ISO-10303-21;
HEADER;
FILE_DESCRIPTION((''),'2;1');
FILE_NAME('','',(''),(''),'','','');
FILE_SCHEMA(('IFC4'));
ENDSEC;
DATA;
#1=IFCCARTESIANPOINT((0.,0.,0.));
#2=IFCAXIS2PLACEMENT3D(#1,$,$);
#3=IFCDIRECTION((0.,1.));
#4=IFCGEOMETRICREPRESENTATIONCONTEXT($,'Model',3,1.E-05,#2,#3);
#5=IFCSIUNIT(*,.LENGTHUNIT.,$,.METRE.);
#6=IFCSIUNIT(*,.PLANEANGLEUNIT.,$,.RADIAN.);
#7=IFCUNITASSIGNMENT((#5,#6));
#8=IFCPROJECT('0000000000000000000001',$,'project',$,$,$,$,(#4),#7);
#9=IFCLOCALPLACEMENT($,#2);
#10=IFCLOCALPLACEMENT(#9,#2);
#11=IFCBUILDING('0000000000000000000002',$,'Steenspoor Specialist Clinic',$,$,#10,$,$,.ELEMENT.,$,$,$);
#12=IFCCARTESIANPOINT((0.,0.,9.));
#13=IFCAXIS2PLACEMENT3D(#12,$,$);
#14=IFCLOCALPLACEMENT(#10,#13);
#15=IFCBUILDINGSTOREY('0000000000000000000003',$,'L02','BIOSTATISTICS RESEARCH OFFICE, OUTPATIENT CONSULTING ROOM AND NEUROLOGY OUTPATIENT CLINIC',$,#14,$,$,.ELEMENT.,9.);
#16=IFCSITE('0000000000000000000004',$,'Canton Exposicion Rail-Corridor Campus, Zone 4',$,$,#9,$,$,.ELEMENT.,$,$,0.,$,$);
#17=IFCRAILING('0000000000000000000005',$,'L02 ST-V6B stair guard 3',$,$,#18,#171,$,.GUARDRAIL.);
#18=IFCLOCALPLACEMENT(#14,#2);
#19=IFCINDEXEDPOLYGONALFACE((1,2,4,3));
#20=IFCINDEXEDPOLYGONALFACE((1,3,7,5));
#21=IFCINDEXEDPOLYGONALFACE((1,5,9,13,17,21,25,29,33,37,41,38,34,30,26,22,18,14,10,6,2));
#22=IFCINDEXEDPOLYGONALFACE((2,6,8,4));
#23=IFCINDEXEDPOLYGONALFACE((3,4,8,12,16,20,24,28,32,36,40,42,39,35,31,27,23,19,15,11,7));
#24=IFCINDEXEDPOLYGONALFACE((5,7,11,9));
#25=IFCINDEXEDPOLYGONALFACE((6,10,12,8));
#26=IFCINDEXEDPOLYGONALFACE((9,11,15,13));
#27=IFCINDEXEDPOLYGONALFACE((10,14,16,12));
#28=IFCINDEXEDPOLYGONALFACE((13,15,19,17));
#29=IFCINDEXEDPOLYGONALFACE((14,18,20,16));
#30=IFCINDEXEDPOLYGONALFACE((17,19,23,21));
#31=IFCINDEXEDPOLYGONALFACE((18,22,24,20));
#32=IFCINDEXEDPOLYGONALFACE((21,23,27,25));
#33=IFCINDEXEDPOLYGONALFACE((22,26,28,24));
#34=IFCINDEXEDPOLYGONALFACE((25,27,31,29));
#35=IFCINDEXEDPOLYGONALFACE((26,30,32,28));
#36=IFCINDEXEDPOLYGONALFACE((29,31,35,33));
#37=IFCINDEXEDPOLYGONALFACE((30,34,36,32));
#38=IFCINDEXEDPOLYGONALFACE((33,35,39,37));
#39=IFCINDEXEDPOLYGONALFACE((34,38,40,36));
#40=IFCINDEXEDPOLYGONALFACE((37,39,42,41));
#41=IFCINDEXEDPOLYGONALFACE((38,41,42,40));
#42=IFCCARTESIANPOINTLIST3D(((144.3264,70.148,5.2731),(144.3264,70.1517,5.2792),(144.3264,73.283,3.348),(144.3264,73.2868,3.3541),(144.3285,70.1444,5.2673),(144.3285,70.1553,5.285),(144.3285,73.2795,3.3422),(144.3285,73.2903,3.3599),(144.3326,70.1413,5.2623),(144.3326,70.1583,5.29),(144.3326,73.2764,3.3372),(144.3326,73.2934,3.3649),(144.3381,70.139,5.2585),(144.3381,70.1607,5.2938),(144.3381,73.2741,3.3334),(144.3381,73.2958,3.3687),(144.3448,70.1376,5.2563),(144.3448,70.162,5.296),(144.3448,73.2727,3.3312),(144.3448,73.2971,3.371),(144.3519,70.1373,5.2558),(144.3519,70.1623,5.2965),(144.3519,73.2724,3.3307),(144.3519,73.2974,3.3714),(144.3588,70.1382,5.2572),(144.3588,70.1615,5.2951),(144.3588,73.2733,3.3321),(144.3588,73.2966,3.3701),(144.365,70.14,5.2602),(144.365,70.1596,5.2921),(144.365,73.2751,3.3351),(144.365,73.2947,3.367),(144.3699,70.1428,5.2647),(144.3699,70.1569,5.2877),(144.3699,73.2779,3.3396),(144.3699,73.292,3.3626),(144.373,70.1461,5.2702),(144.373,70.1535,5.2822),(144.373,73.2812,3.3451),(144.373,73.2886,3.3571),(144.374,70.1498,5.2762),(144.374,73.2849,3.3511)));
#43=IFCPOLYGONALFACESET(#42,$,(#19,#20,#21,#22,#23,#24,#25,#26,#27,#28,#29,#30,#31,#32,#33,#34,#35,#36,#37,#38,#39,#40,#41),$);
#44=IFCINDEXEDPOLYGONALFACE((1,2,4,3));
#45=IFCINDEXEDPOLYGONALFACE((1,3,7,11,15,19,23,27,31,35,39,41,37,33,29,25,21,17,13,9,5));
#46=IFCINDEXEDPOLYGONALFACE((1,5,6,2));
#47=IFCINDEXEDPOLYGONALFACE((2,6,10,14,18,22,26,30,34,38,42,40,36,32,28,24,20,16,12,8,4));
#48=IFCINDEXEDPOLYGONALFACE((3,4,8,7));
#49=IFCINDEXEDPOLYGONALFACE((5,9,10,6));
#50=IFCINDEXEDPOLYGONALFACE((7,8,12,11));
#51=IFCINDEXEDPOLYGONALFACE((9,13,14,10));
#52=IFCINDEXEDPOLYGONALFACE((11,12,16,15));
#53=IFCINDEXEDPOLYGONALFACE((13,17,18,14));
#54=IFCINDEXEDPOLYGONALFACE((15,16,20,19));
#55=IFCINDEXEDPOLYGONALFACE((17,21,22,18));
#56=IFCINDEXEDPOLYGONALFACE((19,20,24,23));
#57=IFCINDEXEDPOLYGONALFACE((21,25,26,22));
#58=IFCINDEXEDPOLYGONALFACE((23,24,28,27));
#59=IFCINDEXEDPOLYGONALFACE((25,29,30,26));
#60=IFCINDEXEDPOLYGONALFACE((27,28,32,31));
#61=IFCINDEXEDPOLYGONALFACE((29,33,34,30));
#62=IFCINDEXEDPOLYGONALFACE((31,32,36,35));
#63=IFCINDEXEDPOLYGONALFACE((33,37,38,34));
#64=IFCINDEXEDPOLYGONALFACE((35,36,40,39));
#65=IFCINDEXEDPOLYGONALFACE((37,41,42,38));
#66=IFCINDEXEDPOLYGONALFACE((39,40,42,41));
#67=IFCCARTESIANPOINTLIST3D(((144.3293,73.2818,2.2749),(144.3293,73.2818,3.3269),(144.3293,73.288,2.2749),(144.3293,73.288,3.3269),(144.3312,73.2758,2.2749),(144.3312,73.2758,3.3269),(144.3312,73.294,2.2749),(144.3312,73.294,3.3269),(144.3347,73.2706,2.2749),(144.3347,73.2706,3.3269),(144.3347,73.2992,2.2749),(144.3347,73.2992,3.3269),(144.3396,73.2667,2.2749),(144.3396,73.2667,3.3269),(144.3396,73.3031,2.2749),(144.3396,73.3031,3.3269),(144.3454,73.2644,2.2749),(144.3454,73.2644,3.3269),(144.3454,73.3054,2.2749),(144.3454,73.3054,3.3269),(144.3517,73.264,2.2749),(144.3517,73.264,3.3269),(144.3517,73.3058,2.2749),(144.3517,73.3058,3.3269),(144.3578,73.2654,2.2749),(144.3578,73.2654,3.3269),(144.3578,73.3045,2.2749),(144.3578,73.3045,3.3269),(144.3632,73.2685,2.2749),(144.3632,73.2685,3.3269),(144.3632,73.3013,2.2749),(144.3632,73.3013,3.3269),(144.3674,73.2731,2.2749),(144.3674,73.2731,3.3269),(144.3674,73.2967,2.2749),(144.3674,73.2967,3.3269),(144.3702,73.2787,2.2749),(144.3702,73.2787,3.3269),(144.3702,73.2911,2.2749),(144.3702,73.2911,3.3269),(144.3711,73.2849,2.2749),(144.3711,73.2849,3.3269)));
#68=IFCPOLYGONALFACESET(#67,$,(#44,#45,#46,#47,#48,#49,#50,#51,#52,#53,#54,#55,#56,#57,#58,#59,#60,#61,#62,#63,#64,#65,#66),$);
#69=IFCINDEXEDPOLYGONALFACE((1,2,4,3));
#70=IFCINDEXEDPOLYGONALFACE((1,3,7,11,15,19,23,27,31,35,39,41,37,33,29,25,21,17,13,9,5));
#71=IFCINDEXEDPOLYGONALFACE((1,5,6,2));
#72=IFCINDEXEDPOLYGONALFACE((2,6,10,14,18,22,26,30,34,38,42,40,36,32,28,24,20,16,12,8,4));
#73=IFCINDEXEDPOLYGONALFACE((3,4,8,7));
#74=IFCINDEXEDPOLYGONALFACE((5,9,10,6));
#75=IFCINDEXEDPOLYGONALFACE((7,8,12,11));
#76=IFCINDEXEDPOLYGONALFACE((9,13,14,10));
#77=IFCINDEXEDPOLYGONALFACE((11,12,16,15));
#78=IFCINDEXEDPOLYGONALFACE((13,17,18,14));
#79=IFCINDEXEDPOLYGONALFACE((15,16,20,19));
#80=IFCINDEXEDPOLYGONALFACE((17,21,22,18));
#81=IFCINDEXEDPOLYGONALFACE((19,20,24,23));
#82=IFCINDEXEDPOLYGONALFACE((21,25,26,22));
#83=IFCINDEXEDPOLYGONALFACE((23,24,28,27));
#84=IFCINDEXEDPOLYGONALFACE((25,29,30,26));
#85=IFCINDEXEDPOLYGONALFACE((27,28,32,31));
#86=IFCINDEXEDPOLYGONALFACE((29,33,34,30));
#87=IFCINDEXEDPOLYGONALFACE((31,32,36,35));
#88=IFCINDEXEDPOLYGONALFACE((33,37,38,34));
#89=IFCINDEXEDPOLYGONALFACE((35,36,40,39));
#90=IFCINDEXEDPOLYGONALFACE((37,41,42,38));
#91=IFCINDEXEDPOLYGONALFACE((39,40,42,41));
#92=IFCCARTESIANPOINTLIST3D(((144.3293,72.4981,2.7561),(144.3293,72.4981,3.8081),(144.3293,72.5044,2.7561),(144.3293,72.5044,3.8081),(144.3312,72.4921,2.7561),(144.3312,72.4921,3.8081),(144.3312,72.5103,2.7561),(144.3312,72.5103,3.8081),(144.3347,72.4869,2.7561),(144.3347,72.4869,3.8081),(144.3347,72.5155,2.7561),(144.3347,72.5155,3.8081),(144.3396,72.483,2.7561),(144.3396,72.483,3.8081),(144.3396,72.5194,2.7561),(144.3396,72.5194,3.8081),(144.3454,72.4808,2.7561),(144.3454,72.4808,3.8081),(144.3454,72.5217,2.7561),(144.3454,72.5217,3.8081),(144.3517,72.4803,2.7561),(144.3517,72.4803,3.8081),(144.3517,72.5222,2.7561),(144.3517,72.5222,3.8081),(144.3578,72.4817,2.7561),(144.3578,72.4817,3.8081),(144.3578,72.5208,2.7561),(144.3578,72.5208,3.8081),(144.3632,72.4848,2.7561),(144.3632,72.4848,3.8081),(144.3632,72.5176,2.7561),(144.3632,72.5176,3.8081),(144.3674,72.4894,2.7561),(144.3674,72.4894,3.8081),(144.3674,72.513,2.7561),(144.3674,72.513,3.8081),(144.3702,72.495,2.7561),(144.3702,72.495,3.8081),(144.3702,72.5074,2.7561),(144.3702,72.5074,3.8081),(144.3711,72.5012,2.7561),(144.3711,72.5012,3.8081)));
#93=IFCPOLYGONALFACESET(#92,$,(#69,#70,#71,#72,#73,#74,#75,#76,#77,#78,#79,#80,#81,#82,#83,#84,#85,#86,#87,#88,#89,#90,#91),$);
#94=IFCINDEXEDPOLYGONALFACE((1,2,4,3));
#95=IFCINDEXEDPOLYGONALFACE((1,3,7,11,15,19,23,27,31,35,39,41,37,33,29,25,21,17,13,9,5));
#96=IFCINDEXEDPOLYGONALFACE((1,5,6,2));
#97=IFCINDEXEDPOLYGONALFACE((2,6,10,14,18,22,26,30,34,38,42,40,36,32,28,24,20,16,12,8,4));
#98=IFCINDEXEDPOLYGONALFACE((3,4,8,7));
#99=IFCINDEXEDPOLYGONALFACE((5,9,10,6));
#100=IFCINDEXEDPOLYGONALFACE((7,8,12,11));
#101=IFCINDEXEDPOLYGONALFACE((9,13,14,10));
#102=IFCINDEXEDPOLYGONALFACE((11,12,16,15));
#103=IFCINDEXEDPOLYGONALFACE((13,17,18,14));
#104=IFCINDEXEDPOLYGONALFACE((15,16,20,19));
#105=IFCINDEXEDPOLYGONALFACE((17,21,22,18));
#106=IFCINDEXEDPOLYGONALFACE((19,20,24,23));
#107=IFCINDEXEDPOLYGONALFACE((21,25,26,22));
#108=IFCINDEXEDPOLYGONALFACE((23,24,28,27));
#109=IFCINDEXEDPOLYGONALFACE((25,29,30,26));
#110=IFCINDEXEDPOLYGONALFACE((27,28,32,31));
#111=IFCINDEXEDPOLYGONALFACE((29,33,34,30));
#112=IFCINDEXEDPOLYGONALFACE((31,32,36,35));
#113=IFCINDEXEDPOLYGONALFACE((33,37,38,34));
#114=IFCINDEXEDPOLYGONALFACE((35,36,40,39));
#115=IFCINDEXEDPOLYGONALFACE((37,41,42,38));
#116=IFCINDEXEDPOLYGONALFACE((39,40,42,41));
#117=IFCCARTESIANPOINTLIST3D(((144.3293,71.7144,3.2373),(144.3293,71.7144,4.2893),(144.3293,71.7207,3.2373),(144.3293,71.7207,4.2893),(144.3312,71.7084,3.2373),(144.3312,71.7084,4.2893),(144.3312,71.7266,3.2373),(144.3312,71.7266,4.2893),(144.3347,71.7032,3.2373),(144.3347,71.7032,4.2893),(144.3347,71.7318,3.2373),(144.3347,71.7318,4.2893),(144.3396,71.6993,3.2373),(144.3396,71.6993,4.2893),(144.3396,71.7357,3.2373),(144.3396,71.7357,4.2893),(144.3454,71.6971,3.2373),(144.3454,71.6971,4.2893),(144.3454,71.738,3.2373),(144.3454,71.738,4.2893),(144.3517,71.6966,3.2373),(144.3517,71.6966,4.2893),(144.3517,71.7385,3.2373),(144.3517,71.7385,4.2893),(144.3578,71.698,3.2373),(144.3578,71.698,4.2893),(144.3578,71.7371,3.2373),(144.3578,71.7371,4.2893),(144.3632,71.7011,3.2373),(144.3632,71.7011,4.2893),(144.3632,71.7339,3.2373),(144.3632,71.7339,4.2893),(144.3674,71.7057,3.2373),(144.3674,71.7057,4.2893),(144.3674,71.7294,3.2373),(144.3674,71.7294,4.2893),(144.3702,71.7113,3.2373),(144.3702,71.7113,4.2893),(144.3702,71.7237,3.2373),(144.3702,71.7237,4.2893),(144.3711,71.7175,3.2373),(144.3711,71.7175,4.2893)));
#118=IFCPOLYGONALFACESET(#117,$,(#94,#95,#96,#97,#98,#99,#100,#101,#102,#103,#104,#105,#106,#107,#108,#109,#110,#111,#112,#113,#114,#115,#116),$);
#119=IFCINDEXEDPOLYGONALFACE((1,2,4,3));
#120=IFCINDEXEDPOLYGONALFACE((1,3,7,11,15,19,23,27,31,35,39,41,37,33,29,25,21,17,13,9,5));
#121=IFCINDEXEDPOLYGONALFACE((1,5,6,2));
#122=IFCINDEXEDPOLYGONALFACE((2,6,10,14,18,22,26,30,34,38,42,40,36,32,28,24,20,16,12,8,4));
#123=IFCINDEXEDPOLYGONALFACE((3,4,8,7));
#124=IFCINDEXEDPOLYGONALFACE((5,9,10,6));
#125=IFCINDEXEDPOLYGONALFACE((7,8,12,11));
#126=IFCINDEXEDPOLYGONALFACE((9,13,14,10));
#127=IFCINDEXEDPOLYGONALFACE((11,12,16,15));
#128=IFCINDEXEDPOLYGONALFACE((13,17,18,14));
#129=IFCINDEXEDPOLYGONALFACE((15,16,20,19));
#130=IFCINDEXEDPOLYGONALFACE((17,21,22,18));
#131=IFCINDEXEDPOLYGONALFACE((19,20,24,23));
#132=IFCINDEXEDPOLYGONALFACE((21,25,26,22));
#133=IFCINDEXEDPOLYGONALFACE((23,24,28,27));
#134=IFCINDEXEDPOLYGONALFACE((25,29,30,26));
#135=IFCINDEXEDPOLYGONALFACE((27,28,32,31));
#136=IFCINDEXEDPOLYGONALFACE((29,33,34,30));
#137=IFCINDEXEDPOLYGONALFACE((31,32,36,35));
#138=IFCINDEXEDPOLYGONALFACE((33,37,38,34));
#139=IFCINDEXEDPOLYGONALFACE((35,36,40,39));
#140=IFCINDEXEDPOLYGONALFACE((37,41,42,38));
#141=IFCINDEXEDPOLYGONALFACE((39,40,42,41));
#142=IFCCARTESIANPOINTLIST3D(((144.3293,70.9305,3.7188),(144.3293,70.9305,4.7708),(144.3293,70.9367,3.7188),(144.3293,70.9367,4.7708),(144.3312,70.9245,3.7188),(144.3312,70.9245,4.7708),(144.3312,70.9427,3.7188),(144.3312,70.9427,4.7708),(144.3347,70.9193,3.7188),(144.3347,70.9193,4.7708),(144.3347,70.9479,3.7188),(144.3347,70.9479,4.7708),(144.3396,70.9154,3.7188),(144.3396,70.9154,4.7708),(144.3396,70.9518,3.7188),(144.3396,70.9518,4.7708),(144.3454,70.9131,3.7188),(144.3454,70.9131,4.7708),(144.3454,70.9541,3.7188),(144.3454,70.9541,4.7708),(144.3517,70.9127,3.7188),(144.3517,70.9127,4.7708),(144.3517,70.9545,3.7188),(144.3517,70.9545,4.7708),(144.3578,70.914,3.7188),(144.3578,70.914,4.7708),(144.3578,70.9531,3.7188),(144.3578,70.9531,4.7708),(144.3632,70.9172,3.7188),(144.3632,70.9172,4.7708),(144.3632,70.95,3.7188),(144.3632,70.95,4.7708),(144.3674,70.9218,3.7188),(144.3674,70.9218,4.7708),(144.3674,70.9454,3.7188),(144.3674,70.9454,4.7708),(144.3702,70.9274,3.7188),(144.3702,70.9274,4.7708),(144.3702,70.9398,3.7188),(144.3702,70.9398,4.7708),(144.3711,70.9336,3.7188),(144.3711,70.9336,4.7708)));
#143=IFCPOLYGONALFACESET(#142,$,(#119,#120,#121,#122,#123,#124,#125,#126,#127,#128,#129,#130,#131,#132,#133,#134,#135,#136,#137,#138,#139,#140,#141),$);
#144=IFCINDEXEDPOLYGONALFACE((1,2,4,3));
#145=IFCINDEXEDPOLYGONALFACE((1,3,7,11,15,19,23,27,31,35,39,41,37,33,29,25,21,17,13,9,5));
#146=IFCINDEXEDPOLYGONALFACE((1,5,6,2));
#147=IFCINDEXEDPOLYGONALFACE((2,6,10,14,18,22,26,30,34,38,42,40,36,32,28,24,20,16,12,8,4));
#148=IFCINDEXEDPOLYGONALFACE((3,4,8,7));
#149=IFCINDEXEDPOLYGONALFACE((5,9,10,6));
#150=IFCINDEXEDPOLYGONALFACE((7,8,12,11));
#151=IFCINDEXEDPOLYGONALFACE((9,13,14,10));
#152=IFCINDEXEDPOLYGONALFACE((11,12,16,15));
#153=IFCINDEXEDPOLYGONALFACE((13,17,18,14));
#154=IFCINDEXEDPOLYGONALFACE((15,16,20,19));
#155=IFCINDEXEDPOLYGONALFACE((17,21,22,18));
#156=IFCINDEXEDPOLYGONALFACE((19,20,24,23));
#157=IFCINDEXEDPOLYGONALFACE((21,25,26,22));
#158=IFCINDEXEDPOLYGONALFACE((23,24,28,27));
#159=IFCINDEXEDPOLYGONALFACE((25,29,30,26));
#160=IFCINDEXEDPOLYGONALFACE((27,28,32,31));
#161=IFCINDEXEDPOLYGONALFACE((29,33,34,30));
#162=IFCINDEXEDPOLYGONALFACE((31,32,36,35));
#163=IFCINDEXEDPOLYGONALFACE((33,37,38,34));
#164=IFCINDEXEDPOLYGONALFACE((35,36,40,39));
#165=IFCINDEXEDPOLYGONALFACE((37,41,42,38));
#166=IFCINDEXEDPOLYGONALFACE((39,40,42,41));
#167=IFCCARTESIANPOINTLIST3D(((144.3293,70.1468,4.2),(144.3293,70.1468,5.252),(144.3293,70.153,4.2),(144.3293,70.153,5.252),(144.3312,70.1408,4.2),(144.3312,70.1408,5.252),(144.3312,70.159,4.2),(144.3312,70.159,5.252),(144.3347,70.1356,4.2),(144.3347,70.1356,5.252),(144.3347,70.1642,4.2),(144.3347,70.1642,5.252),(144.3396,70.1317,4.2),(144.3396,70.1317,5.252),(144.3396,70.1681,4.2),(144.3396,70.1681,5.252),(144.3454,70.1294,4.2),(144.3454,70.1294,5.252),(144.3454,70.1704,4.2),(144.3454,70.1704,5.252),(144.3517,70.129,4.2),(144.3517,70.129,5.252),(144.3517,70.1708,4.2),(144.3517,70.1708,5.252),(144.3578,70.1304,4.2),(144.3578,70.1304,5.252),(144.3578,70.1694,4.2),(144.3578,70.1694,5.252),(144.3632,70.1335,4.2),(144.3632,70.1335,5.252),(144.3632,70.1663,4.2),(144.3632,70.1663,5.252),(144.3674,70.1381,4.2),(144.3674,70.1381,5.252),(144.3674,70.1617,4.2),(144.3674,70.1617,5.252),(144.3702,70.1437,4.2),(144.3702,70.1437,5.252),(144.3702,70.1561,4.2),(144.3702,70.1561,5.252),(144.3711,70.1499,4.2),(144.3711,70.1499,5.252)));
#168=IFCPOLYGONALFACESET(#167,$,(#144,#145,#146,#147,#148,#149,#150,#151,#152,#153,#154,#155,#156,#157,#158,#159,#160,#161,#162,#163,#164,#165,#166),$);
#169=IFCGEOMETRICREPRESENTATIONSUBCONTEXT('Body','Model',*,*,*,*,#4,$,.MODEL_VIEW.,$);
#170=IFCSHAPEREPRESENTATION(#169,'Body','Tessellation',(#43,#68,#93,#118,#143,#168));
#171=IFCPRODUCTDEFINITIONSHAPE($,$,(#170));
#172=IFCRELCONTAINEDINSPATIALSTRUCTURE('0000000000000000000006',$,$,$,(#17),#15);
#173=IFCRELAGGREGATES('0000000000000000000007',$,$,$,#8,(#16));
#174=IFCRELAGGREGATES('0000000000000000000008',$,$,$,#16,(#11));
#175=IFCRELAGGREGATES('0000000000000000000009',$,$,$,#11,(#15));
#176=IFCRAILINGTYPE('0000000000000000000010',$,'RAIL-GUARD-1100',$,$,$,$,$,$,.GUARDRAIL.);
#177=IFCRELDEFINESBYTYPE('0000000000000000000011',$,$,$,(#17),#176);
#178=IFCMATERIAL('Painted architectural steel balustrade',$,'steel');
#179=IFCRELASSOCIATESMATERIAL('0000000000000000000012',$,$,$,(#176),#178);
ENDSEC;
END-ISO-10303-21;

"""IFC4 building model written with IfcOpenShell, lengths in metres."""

from ifc_helpers import new_model, si_unit, direction, frame, origin, origin_2d, place, context, subcontext, project, spatial, circle, extrude, material, type_object, element, save


model = new_model("IFC4")

# Units and contexts
model_context = context("Model", 3, precision=1e-05, world=origin(), true_north=direction((0.0, 1.0)))
body_context = subcontext(model_context, "Body", "Model", "MODEL_VIEW")
ifc_project = project(units=[si_unit("LENGTHUNIT", "METRE"), si_unit("PLANEANGLEUNIT", "RADIAN")], contexts=[model_context])

# Site, building, storey
site_placement = place(None, origin())
site = spatial("IfcSite", under=ifc_project, at=site_placement, Name="Canton Exposicion Rail-Corridor Campus, Zone 4", CompositionType="ELEMENT", RefElevation=0.0)
building_placement = place(site_placement, origin())
building = spatial("IfcBuilding", under=site, at=building_placement, Name="Steenspoor Specialist Clinic", CompositionType="ELEMENT")
storey_placement = place(building_placement, frame((0.0, 0.0, 9.0)))
storey = spatial("IfcBuildingStorey", under=building, at=storey_placement, Name="L02", Description="BIOSTATISTICS RESEARCH OFFICE, OUTPATIENT CONSULTING ROOM AND NEUROLOGY OUTPATIENT CLINIC", CompositionType="ELEMENT", Elevation=9.0)

# Railing
ifc_material_1 = material(Name="Painted architectural steel balustrade", Category="steel")
railing_type_1 = type_object("IfcRailingType", Name="RAIL-GUARD-1100", PredefinedType="GUARDRAIL", material=ifc_material_1)
railing_1_placement = place(storey_placement, frame((144.3501, 73.2849, 2.2749)))
element("IfcRailing", 1, at=railing_1_placement, inside=storey, type_object=railing_type_1, Name="L02 ST-V6B stair guard 3", PredefinedType="GUARDRAIL", context=body_context, shape_type="SweptSolid", body=[
    extrude(circle(Radius=0.0239, at=origin_2d()), frame((0.0, 0.0, 1.0762), z_axis=(0.0, -0.852166, 0.523271), x_axis=(1.0, 0.0, 0.0)), (0.0, 0.0, 1.0), 3.679),
    extrude(circle(Radius=0.021, at=origin_2d()), origin(), (0.0, 0.0, 1.0), 1.052),
    extrude(circle(Radius=0.021, at=origin_2d()), frame((0.0, -0.7837, 0.4812)), (0.0, 0.0, 1.0), 1.052),
    extrude(circle(Radius=0.021, at=origin_2d()), frame((0.0, -1.5674, 0.9624)), (0.0, 0.0, 1.0), 1.052),
    extrude(circle(Radius=0.021, at=origin_2d()), frame((0.0, -2.3513, 1.4438)), (0.0, 0.0, 1.0), 1.052),
    extrude(circle(Radius=0.021, at=origin_2d()), frame((0.0, -3.135, 1.925)), (0.0, 0.0, 1.0), 1.052),
])

save(model, "model.ifc")
